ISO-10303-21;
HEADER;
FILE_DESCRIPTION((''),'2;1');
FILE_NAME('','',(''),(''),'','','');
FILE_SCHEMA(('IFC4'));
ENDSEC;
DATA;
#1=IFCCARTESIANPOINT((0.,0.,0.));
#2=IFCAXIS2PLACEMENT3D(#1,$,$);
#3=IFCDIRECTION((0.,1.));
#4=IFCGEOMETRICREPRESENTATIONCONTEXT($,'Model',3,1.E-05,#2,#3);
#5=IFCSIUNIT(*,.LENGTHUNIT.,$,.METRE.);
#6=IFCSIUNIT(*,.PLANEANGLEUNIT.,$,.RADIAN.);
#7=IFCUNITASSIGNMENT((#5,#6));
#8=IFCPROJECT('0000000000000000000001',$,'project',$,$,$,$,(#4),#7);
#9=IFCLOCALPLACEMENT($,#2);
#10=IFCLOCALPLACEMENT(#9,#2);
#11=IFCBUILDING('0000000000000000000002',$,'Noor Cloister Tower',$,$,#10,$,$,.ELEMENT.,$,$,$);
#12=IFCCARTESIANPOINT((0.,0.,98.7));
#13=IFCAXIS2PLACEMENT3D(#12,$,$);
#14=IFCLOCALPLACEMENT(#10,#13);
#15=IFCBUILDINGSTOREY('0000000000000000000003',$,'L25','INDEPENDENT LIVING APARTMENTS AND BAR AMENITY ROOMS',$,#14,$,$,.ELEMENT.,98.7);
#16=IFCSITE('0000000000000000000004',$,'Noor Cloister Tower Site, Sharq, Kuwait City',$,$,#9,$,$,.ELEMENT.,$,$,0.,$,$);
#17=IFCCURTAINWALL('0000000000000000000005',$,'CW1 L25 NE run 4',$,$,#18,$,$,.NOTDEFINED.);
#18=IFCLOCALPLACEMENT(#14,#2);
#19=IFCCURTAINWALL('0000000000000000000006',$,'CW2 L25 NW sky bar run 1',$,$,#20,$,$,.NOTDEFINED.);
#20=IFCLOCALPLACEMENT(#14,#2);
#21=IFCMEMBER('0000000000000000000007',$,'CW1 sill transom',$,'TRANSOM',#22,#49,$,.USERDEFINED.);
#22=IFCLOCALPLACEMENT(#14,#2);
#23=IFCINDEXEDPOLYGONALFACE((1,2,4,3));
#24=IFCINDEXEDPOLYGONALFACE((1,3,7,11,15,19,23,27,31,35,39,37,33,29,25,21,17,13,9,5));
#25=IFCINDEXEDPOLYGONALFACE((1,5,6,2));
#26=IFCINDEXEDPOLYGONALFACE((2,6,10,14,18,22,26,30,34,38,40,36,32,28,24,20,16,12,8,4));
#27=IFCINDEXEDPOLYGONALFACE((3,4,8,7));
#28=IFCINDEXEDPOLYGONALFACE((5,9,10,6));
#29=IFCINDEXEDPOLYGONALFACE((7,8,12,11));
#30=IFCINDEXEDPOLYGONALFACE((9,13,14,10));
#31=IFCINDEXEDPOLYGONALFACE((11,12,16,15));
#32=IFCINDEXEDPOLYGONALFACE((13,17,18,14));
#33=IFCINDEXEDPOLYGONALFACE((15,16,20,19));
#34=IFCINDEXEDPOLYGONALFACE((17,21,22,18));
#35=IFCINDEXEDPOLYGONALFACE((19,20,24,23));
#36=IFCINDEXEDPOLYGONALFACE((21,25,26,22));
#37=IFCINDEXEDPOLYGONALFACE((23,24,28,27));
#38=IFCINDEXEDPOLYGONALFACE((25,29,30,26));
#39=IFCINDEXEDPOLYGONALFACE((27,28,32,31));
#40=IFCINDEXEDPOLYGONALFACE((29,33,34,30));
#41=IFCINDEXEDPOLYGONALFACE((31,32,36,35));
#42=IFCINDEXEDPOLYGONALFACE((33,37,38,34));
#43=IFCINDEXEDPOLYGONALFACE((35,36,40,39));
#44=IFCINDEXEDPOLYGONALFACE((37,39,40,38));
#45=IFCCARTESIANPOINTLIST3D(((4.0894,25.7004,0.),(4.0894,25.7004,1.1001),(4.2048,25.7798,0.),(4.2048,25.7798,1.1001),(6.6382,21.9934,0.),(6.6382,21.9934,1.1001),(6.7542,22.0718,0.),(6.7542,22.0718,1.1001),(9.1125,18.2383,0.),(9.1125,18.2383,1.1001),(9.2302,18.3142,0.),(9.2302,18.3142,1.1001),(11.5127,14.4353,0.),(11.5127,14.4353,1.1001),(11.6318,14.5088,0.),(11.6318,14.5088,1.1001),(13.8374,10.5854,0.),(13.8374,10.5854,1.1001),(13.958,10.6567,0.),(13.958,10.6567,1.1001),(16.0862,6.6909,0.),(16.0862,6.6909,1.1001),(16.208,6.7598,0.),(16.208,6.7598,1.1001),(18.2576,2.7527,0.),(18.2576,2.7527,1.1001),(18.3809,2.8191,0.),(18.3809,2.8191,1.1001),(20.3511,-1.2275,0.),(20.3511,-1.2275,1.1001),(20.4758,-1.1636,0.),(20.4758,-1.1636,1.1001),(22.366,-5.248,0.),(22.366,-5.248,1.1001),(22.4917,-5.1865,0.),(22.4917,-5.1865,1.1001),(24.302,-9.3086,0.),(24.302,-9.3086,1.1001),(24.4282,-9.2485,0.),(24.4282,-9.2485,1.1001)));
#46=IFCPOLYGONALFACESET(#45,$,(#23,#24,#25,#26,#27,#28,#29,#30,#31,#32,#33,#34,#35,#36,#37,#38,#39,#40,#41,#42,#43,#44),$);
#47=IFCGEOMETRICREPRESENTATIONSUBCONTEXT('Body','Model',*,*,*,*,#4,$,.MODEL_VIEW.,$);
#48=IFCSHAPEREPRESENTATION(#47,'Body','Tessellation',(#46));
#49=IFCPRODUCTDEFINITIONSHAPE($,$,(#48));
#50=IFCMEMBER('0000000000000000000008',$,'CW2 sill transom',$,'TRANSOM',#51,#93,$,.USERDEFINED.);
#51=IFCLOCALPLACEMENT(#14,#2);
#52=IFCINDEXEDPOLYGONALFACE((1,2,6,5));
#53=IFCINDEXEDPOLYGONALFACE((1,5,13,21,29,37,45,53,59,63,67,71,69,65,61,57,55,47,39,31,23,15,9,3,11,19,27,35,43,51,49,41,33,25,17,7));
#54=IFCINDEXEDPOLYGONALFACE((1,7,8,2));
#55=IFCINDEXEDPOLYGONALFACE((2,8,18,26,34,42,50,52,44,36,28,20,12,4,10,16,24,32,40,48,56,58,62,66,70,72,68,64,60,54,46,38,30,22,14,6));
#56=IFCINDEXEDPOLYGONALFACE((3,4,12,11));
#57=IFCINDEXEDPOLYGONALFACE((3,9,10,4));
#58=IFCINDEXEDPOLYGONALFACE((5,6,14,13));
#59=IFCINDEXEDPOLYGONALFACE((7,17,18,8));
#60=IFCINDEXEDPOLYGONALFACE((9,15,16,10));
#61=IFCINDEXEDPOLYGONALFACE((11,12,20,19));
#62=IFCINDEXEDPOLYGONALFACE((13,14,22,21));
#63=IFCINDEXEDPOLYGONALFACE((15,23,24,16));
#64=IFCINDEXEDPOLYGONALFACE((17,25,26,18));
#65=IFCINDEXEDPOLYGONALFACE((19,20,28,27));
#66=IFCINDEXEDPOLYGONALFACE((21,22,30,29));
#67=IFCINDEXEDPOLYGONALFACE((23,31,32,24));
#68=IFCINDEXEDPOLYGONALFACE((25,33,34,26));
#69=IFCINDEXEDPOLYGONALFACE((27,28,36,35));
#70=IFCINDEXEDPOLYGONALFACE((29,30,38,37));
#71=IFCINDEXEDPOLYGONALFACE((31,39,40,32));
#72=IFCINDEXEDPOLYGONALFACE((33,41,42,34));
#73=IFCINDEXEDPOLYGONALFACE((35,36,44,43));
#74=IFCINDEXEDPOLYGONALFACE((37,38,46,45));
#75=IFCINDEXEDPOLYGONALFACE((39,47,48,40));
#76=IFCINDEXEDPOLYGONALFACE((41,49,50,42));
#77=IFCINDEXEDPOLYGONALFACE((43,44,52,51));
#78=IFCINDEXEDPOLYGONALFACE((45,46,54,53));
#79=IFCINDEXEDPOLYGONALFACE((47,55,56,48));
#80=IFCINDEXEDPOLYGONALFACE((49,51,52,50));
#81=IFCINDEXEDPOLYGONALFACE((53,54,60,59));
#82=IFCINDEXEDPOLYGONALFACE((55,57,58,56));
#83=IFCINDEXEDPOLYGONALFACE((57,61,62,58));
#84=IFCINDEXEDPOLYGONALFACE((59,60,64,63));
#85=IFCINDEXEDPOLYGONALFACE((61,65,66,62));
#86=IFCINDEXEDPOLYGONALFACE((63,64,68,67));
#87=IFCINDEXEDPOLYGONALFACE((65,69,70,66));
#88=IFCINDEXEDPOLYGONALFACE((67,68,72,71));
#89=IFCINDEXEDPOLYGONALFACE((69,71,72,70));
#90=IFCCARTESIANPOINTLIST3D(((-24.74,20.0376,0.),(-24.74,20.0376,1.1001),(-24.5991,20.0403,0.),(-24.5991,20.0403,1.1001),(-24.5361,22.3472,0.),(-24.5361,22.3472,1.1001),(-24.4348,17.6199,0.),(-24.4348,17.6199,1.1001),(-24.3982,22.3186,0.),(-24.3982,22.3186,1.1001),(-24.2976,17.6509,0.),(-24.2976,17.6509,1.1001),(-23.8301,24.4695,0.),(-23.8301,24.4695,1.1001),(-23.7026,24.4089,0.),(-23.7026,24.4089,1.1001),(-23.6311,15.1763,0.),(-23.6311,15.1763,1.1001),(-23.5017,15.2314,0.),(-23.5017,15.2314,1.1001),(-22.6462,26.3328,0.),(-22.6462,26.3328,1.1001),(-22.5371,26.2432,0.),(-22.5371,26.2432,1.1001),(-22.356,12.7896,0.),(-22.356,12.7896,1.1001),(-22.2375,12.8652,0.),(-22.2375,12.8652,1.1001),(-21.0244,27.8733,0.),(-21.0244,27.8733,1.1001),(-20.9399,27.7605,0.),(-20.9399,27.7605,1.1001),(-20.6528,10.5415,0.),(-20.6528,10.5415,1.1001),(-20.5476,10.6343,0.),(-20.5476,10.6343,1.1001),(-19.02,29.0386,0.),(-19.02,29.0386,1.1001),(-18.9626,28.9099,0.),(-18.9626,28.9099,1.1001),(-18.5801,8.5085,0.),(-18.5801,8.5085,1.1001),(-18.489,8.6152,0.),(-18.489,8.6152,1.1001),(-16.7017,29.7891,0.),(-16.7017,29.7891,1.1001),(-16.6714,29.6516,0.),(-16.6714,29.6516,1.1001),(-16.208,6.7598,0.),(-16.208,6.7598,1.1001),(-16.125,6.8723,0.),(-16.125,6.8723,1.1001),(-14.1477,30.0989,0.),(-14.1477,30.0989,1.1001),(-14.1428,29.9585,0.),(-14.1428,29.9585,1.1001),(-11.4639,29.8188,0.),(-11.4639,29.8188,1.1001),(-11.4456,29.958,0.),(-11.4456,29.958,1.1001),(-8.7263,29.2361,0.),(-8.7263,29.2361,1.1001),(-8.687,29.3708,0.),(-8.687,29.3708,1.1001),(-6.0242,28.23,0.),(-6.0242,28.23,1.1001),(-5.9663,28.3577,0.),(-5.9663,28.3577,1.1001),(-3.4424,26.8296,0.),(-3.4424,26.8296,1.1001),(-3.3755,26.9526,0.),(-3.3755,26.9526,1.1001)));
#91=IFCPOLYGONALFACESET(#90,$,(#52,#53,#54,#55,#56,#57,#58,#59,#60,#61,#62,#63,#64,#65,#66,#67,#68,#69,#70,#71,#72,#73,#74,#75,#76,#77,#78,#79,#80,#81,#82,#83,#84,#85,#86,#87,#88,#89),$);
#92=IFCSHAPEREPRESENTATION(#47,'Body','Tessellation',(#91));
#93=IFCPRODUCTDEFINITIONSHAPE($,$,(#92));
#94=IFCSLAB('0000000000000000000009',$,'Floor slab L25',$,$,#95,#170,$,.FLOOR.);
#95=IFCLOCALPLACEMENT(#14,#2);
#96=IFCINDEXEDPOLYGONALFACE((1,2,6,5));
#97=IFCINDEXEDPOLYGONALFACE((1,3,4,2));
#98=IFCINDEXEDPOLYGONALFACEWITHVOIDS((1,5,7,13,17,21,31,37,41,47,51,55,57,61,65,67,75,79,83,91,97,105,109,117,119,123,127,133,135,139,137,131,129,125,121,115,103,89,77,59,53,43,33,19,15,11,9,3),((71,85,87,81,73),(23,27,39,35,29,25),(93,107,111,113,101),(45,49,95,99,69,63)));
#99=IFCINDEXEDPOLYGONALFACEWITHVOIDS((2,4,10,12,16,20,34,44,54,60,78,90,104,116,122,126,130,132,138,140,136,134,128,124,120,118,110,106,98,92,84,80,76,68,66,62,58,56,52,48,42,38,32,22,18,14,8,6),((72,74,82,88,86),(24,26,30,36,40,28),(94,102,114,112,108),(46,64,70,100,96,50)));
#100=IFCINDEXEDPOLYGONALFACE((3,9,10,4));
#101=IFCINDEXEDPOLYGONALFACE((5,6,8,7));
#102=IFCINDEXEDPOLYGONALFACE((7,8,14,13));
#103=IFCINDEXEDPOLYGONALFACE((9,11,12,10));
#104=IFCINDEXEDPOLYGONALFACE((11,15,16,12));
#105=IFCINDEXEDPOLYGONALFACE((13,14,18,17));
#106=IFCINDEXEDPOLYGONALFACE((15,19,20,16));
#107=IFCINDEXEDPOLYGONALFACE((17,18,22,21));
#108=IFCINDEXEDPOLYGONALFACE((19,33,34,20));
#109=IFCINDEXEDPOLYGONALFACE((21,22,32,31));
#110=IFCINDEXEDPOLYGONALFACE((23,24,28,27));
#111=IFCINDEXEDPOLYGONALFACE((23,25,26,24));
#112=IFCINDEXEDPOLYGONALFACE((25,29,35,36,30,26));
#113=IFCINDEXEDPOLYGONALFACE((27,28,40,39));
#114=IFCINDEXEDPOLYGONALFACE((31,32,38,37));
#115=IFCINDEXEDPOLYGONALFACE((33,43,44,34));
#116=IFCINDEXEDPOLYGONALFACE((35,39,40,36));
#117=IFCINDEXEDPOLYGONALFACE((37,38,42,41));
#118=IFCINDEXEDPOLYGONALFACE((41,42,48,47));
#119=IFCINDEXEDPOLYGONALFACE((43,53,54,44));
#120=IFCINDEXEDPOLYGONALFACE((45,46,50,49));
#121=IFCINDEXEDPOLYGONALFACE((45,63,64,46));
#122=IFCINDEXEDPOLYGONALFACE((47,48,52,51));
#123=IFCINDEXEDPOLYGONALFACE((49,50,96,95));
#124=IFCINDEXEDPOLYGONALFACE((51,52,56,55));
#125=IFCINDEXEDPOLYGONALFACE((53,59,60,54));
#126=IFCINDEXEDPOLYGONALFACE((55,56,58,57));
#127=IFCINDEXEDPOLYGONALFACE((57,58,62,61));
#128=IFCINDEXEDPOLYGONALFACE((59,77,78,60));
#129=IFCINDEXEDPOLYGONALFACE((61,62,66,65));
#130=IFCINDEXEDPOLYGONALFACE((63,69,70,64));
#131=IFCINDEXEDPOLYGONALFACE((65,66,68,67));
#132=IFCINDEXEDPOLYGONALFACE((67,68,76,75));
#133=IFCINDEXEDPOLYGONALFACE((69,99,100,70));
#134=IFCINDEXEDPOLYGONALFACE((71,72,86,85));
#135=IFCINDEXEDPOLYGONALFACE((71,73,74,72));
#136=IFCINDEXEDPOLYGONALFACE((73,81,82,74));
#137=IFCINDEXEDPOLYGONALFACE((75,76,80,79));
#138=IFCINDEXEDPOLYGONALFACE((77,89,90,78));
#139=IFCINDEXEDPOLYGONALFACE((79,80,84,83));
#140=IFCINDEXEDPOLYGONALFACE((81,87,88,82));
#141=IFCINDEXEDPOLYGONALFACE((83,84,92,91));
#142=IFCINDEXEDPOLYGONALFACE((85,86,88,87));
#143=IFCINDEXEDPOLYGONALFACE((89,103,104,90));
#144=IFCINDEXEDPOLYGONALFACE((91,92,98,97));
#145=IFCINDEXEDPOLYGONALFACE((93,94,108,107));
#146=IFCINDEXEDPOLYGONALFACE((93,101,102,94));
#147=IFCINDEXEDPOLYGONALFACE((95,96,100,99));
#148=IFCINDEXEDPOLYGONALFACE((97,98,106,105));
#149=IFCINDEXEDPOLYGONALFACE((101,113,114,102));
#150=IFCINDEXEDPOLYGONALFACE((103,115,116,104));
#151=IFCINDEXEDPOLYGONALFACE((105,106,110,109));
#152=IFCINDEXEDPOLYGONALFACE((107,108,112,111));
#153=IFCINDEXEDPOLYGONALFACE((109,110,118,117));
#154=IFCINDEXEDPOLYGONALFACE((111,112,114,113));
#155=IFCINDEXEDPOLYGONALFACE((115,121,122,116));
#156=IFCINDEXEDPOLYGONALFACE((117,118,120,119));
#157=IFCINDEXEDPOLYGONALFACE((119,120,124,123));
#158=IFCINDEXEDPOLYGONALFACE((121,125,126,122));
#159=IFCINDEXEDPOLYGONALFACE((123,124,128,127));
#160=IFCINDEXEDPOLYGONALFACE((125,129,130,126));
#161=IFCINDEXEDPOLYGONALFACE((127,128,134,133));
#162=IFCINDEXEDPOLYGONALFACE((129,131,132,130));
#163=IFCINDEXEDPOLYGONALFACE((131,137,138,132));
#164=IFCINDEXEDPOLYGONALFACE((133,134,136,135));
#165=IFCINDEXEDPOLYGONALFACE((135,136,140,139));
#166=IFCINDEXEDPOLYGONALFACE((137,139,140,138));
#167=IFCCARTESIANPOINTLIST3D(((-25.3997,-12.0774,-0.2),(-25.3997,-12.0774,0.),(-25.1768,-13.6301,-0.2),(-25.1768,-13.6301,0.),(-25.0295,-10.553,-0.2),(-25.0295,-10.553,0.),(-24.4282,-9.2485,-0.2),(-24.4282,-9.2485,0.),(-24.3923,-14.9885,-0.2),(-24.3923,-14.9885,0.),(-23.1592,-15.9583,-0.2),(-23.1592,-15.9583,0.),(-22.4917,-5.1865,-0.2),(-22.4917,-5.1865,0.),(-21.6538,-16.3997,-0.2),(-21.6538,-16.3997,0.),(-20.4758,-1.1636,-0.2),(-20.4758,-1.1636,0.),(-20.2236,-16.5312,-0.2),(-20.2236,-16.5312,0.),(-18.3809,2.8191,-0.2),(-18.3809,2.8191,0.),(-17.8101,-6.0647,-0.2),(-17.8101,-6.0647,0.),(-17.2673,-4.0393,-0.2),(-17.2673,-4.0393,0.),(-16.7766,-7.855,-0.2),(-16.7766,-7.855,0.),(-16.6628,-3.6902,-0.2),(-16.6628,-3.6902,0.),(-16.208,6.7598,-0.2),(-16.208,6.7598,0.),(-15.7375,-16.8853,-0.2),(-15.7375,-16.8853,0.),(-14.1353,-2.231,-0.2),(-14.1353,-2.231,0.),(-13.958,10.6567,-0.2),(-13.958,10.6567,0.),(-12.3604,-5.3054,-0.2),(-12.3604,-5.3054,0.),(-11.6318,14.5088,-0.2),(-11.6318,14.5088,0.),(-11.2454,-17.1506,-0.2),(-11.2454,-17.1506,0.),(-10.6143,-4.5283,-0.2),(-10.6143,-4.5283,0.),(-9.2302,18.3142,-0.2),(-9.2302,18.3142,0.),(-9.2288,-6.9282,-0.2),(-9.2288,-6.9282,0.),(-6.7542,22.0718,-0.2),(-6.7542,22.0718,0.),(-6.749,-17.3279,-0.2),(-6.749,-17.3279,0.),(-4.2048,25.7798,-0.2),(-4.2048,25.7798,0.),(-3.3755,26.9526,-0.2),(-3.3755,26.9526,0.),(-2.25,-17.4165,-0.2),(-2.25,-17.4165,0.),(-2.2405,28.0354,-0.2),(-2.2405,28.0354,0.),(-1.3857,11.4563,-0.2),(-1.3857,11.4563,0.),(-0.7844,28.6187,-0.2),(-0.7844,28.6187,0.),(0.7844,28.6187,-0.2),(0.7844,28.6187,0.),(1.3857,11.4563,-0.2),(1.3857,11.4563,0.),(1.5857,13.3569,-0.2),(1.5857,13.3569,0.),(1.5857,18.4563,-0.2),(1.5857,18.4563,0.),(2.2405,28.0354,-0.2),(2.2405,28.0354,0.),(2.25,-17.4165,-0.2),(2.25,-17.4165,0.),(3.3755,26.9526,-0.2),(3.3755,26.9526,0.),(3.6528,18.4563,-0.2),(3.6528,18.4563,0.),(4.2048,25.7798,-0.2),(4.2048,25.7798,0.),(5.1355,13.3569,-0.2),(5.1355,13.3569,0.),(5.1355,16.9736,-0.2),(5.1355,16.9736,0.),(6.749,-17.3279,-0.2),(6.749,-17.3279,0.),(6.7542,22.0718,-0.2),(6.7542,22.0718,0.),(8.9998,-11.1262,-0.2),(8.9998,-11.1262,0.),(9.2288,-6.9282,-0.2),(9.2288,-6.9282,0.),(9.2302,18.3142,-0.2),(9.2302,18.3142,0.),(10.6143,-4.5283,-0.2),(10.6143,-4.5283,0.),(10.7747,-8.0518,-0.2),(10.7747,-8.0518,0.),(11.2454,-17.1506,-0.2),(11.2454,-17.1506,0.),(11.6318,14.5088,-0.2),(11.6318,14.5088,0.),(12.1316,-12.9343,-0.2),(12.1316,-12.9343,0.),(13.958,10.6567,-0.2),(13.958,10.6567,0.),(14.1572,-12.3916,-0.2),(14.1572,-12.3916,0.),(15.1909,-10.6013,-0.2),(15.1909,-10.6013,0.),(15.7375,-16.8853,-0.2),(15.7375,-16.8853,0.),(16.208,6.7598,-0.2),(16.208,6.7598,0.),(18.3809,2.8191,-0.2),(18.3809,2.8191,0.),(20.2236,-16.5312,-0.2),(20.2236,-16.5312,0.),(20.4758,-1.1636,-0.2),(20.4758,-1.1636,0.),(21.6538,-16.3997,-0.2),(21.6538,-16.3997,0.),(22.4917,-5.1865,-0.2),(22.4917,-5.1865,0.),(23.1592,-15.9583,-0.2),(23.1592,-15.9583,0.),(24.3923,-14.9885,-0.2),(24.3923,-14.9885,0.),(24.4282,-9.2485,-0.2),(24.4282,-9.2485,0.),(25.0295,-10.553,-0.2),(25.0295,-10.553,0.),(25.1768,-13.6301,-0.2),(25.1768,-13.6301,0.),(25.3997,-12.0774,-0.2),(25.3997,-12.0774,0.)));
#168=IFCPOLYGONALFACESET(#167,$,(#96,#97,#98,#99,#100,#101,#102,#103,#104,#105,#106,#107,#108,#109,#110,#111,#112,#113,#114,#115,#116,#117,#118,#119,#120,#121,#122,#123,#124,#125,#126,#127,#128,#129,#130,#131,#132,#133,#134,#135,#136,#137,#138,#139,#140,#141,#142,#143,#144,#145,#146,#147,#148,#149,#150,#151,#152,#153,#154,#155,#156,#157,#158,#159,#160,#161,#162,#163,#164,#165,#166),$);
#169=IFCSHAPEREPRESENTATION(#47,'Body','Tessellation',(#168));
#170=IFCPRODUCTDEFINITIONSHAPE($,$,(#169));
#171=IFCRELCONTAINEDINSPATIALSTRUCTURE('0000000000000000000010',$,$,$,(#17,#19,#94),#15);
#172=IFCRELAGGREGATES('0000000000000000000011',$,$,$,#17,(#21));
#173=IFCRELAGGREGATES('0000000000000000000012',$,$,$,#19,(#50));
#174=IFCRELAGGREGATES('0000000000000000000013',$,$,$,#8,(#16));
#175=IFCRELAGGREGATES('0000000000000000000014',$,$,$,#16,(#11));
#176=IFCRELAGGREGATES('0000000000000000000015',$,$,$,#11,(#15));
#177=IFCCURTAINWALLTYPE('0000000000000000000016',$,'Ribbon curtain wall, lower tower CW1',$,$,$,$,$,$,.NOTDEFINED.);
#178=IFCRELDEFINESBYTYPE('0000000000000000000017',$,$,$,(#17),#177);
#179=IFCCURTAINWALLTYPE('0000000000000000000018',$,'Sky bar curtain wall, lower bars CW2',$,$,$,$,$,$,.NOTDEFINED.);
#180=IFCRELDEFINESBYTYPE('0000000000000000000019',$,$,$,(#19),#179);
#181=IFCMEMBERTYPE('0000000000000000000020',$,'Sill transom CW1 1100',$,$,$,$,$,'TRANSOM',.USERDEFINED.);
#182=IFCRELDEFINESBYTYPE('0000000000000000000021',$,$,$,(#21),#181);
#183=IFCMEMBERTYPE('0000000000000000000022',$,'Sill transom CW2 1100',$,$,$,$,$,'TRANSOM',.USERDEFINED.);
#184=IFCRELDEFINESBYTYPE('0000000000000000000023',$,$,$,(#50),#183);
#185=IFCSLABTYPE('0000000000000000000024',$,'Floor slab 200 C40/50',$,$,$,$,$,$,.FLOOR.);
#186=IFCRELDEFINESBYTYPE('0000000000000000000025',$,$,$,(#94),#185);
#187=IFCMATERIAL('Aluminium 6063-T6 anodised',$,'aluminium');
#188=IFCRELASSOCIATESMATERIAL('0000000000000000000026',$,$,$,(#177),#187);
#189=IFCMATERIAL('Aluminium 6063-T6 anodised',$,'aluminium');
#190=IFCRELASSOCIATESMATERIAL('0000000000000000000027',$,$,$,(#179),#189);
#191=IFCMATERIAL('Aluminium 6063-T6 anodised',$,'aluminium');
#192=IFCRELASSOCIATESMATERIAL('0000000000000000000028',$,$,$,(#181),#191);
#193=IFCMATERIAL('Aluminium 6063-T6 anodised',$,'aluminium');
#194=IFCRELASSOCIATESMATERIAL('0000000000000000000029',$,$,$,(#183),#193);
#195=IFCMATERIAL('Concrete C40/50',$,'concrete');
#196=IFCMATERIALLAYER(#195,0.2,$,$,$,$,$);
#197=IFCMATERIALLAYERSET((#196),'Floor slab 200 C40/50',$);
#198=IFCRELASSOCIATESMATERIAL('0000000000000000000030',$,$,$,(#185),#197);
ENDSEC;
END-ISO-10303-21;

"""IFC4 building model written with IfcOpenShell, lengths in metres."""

from ifc_helpers import new_model, si_unit, direction, frame, origin, place, context, subcontext, project, spatial, polyline, outline, extrude, material, layer, layer_set, type_object, element, aggregate, save


model = new_model("IFC4")

# Units and contexts
model_context = context("Model", 3, precision=1e-05, world=origin(), true_north=direction((0.0, 1.0)))
body_context = subcontext(model_context, "Body", "Model", "MODEL_VIEW")
ifc_project = project(units=[si_unit("LENGTHUNIT", "METRE"), si_unit("PLANEANGLEUNIT", "RADIAN")], contexts=[model_context])

# Site, building, storey
site_placement = place(None, origin())
site = spatial("IfcSite", under=ifc_project, at=site_placement, Name="Noor Cloister Tower Site, Sharq, Kuwait City", CompositionType="ELEMENT", RefElevation=0.0)
building_placement = place(site_placement, origin())
building = spatial("IfcBuilding", under=site, at=building_placement, Name="Noor Cloister Tower", CompositionType="ELEMENT")
storey_placement = place(building_placement, frame((0.0, 0.0, 98.7)))
storey = spatial("IfcBuildingStorey", under=building, at=storey_placement, Name="L25", Description="INDEPENDENT LIVING APARTMENTS AND BAR AMENITY ROOMS", CompositionType="ELEMENT", Elevation=98.7)

# Curtain walls
ifc_material_1 = material(Name="Aluminium 6063-T6 anodised", Category="aluminium")
curtain_wall_type_1 = type_object("IfcCurtainWallType", Name="Ribbon curtain wall, lower tower CW1", PredefinedType="NOTDEFINED", material=ifc_material_1)
curtain_wall_1_placement = place(storey_placement, origin())
curtain_wall_1 = element("IfcCurtainWall", 1, at=curtain_wall_1_placement, inside=storey, type_object=curtain_wall_type_1, Name="CW1 L25 NE run 4", PredefinedType="NOTDEFINED")
ifc_material_2 = material(Name="Aluminium 6063-T6 anodised", Category="aluminium")
curtain_wall_type_2 = type_object("IfcCurtainWallType", Name="Sky bar curtain wall, lower bars CW2", PredefinedType="NOTDEFINED", material=ifc_material_2)
curtain_wall_2_placement = place(storey_placement, origin())
curtain_wall_2 = element("IfcCurtainWall", 2, at=curtain_wall_2_placement, inside=storey, type_object=curtain_wall_type_2, Name="CW2 L25 NW sky bar run 1", PredefinedType="NOTDEFINED")

# Members
ifc_material_3 = material(Name="Aluminium 6063-T6 anodised", Category="aluminium")
member_type_1 = type_object("IfcMemberType", Name="Sill transom CW1 1100", ElementType="TRANSOM", PredefinedType="USERDEFINED", material=ifc_material_3)
member_1_placement = place(storey_placement, origin())
member_1 = element("IfcMember", 3, at=member_1_placement, type_object=member_type_1, Name="CW1 sill transom", ObjectType="TRANSOM", PredefinedType="USERDEFINED", context=body_context, shape_type="SweptSolid", body=[
    extrude(outline(polyline([(24.4282, -9.2485), (22.4917, -5.1865), (20.4758, -1.1636), (18.3809, 2.8191), (16.208, 6.7598), (13.958, 10.6567), (11.6318, 14.5088), (9.2302, 18.3142), (6.7542, 22.0718), (4.2048, 25.7798), (4.0894, 25.7004), (6.6382, 21.9934), (9.1125, 18.2383), (11.5127, 14.4353), (13.8374, 10.5854), (16.0862, 6.6909), (18.2576, 2.7527), (20.3511, -1.2275), (22.366, -5.248), (24.302, -9.3086), (24.4282, -9.2485)])), origin(), (0.0, 0.0, 1.0), 1.1001),
])
aggregate(curtain_wall_1, [member_1])
ifc_material_4 = material(Name="Aluminium 6063-T6 anodised", Category="aluminium")
member_type_2 = type_object("IfcMemberType", Name="Sill transom CW2 1100", ElementType="TRANSOM", PredefinedType="USERDEFINED", material=ifc_material_4)
member_2_placement = place(storey_placement, origin())
member_2 = element("IfcMember", 4, at=member_2_placement, type_object=member_type_2, Name="CW2 sill transom", ObjectType="TRANSOM", PredefinedType="USERDEFINED", context=body_context, shape_type="SweptSolid", body=[
    extrude(outline(polyline([(-3.3755, 26.9526), (-5.9663, 28.3577), (-8.687, 29.3708), (-11.4456, 29.958), (-14.1477, 30.0989), (-16.7017, 29.7891), (-19.02, 29.0386), (-21.0244, 27.8733), (-22.6462, 26.3328), (-23.8301, 24.4695), (-24.5361, 22.3472), (-24.74, 20.0376), (-24.4348, 17.6199), (-23.6311, 15.1763), (-22.356, 12.7896), (-20.6528, 10.5415), (-18.5801, 8.5085), (-16.208, 6.7598), (-16.125, 6.8723), (-18.489, 8.6152), (-20.5476, 10.6343), (-22.2375, 12.8652), (-23.5017, 15.2314), (-24.2976, 17.6509), (-24.5991, 20.0403), (-24.3982, 22.3186), (-23.7026, 24.4089), (-22.5371, 26.2432), (-20.9399, 27.7605), (-18.9626, 28.9099), (-16.6714, 29.6516), (-14.1428, 29.9585), (-11.4639, 29.8188), (-8.7263, 29.2361), (-6.0242, 28.23), (-3.4424, 26.8296), (-3.3755, 26.9526)])), origin(), (0.0, 0.0, 1.0), 1.1001),
])
aggregate(curtain_wall_2, [member_2])

# Slab
ifc_material_5 = material(Name="Concrete C40/50", Category="concrete")
ifc_layer_1 = layer(ifc_material_5, 0.2)
ifc_layer_set_1 = layer_set([ifc_layer_1], Name="Floor slab 200 C40/50")
slab_type_1 = type_object("IfcSlabType", Name="Floor slab 200 C40/50", PredefinedType="FLOOR", material=ifc_layer_set_1)
slab_1_placement = place(storey_placement, frame((0.0, 0.0, -0.2)))
element("IfcSlab", 5, at=slab_1_placement, inside=storey, type_object=slab_type_1, Name="Floor slab L25", PredefinedType="FLOOR", context=body_context, shape_type="SweptSolid", body=[
    extrude(outline(polyline([(3.3755, 26.9526), (2.2405, 28.0354), (0.7844, 28.6187), (-0.7844, 28.6187), (-2.2405, 28.0354), (-3.3755, 26.9526), (-4.2048, 25.7798), (-6.7542, 22.0718), (-9.2302, 18.3142), (-11.6318, 14.5088), (-13.958, 10.6567), (-16.208, 6.7598), (-18.3809, 2.8191), (-20.4758, -1.1636), (-22.4917, -5.1865), (-24.4282, -9.2485), (-25.0295, -10.553), (-25.3997, -12.0774), (-25.1768, -13.6301), (-24.3923, -14.9885), (-23.1592, -15.9583), (-21.6538, -16.3997), (-20.2236, -16.5312), (-15.7375, -16.8853), (-11.2454, -17.1506), (-6.749, -17.3279), (-2.25, -17.4165), (2.25, -17.4165), (6.749, -17.3279), (11.2454, -17.1506), (15.7375, -16.8853), (20.2236, -16.5312), (21.6538, -16.3997), (23.1592, -15.9583), (24.3923, -14.9885), (25.1768, -13.6301), (25.3997, -12.0774), (25.0295, -10.553), (24.4282, -9.2485), (22.4917, -5.1865), (20.4758, -1.1636), (18.3809, 2.8191), (16.208, 6.7598), (13.958, 10.6567), (11.6318, 14.5088), (9.2302, 18.3142), (6.7542, 22.0718), (4.2048, 25.7798), (3.3755, 26.9526)]), holes=[polyline([(8.9998, -11.1262), (12.1316, -12.9343), (14.1572, -12.3916), (15.1909, -10.6013), (10.7747, -8.0518), (8.9998, -11.1262)]), polyline([(-17.8101, -6.0647), (-16.7766, -7.855), (-12.3604, -5.3054), (-14.1353, -2.231), (-16.6628, -3.6902), (-17.2673, -4.0393), (-17.8101, -6.0647)]), polyline([(-10.6143, -4.5283), (-9.2288, -6.9282), (9.2288, -6.9282), (10.6143, -4.5283), (1.3857, 11.4563), (-1.3857, 11.4563), (-10.6143, -4.5283)]), polyline([(3.6528, 18.4563), (1.5857, 18.4563), (1.5857, 13.3569), (5.1355, 13.3569), (5.1355, 16.9736), (3.6528, 18.4563)])]), origin(), (0.0, 0.0, 1.0), 0.2),
])

save(model, "model.ifc")
